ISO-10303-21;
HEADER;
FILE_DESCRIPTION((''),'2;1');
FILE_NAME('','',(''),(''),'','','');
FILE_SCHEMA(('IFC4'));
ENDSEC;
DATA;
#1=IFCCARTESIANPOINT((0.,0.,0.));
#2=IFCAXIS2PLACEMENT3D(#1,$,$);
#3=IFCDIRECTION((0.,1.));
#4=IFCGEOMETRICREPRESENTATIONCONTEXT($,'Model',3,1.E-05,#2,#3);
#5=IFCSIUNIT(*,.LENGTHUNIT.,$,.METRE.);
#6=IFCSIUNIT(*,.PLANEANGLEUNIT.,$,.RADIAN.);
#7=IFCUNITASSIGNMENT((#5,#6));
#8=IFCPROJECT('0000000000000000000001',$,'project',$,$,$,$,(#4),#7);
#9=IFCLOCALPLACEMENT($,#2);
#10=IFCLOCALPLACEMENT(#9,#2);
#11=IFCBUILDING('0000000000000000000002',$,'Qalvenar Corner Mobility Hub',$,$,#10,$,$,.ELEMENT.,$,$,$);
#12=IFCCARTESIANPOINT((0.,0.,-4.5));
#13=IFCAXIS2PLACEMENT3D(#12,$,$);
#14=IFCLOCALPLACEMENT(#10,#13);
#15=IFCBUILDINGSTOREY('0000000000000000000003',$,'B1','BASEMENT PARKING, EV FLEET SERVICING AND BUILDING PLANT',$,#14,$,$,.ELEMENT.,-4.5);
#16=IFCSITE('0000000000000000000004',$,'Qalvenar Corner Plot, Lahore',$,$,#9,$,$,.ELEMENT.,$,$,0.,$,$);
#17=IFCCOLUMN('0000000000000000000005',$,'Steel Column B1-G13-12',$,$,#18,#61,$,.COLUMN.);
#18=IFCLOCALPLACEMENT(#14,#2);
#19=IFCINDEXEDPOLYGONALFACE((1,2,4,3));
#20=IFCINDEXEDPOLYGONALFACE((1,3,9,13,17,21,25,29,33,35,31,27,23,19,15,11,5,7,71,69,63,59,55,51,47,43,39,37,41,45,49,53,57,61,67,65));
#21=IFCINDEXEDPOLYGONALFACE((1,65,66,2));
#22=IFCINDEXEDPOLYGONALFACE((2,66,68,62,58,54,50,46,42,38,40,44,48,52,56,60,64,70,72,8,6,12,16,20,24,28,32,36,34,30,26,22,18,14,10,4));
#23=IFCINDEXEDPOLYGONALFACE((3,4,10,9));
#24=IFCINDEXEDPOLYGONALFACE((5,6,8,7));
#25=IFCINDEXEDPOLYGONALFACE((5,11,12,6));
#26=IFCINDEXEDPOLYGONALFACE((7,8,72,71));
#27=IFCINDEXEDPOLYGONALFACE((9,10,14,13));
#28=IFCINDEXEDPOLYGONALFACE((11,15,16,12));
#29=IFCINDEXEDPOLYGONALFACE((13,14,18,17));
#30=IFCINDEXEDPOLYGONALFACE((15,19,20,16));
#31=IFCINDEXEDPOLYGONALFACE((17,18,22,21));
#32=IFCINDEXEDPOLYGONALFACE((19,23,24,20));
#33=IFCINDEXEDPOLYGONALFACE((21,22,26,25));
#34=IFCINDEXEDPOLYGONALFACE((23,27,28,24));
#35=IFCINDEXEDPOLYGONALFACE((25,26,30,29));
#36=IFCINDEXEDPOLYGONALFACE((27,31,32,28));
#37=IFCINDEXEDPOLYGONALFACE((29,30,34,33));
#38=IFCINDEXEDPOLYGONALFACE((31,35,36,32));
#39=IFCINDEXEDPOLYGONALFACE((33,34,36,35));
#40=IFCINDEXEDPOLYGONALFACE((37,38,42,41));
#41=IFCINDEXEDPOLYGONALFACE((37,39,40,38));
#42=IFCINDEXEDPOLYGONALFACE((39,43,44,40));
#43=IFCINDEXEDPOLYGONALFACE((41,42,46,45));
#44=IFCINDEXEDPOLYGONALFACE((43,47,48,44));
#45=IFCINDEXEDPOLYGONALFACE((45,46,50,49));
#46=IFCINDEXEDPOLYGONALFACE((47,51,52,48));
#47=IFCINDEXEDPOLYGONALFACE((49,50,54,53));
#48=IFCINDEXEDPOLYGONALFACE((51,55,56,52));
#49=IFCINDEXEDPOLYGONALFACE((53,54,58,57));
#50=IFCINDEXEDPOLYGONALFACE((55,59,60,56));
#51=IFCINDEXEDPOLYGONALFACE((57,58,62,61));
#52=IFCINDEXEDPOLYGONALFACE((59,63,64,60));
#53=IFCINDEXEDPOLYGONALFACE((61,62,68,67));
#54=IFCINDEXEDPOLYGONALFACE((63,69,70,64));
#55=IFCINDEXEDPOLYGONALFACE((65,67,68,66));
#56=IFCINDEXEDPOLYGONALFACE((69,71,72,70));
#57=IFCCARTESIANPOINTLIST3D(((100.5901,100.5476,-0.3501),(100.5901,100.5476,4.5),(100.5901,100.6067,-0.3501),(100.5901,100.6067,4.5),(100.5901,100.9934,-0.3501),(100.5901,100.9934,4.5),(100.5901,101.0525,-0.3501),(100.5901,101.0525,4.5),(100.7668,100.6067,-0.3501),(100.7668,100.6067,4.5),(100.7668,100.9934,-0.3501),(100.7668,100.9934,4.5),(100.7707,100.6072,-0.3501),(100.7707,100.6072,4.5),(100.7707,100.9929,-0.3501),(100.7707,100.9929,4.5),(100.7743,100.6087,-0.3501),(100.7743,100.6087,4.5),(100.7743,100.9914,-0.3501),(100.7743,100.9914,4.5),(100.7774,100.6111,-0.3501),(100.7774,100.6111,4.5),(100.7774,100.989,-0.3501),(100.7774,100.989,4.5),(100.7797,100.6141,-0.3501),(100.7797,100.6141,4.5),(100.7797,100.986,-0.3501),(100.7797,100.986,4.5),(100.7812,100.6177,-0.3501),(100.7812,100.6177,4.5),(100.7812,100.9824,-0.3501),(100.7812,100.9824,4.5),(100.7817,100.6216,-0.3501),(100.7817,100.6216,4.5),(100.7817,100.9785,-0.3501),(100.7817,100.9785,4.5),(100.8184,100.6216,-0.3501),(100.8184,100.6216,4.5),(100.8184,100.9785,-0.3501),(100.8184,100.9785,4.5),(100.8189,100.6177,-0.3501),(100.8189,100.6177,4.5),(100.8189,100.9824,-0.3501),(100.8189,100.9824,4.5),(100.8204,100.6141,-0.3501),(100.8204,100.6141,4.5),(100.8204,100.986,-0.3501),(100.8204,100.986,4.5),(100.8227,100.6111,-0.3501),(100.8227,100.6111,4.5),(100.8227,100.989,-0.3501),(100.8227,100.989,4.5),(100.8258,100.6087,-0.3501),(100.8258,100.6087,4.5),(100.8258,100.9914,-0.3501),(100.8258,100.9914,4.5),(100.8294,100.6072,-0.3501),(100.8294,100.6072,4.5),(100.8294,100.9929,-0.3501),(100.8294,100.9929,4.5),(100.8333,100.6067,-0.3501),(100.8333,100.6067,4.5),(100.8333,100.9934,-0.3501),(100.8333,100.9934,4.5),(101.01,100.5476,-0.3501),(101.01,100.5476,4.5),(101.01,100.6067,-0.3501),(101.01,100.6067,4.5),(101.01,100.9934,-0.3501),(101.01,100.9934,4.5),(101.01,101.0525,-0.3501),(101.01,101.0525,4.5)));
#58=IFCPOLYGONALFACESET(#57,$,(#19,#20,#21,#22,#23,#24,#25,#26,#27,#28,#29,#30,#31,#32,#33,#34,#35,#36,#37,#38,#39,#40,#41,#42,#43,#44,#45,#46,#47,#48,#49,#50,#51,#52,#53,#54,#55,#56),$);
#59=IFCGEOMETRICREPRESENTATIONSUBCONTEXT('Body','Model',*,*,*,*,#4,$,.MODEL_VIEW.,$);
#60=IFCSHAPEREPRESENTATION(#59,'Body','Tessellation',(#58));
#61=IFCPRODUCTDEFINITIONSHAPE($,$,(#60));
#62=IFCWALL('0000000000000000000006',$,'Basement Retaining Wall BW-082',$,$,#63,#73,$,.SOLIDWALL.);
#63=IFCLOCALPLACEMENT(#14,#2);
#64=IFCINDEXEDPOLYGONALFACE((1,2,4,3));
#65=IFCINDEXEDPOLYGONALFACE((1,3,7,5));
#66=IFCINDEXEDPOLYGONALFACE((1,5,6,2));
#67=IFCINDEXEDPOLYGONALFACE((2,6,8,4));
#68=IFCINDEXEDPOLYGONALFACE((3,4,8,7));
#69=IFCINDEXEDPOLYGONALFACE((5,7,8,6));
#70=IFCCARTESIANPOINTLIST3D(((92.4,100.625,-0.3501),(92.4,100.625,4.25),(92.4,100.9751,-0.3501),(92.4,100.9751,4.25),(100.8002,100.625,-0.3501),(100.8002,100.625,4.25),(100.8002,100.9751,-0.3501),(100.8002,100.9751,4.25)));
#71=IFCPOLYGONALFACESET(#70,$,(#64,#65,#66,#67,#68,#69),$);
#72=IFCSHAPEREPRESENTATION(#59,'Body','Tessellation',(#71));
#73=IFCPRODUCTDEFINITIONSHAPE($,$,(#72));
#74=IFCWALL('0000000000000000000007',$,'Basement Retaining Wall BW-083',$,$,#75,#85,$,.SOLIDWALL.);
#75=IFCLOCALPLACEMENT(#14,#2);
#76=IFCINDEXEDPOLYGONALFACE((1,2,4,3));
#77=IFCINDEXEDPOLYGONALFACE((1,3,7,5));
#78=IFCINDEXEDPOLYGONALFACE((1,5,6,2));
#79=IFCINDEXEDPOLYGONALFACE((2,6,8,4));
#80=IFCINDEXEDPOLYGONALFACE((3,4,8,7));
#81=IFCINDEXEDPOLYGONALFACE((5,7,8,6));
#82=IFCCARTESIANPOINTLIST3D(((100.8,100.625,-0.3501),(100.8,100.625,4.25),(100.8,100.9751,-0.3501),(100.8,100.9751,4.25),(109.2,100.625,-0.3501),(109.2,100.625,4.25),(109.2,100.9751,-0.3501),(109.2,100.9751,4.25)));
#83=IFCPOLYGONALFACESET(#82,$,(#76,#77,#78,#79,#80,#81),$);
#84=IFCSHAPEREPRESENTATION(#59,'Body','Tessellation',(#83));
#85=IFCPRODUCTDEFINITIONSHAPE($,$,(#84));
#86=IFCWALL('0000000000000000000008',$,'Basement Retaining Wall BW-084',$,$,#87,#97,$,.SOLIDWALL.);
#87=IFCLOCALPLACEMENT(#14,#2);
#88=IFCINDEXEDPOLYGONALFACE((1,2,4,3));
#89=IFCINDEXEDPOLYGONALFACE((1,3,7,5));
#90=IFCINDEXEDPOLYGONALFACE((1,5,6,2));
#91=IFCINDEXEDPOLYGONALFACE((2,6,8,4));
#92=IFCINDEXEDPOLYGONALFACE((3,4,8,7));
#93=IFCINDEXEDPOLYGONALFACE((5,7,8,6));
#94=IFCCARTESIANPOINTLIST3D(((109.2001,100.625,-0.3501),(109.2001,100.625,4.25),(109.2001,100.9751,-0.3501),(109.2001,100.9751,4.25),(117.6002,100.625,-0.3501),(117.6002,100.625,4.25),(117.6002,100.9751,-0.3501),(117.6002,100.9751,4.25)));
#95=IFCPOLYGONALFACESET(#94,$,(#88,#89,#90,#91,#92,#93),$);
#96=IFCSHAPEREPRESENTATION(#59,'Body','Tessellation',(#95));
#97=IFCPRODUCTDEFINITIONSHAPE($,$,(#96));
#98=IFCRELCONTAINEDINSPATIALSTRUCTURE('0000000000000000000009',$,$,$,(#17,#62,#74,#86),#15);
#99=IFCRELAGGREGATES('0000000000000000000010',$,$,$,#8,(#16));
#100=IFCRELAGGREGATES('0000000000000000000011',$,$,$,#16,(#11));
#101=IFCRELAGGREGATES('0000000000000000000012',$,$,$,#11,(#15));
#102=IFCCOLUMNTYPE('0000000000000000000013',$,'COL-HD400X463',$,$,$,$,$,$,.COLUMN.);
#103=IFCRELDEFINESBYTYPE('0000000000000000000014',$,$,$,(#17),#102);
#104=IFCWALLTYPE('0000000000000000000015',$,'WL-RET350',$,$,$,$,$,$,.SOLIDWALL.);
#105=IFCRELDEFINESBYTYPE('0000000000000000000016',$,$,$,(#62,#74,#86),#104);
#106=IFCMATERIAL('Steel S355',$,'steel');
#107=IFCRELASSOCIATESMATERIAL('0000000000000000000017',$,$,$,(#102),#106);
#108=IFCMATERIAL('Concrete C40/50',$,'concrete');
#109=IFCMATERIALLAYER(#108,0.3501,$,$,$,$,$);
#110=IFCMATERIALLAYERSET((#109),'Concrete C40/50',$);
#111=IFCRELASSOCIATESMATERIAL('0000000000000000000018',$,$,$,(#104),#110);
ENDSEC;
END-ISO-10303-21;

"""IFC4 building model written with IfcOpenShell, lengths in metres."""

from ifc_helpers import new_model, si_unit, direction, frame, frame_2d, origin, origin_2d, place, context, subcontext, project, spatial, rectangle, i_section, extrude, material, layer, layer_set, material_profile, profile_set, type_object, element, save


model = new_model("IFC4")

# Units and contexts
model_context = context("Model", 3, precision=1e-05, world=origin(), true_north=direction((0.0, 1.0)))
body_context = subcontext(model_context, "Body", "Model", "MODEL_VIEW")
ifc_project = project(units=[si_unit("LENGTHUNIT", "METRE"), si_unit("PLANEANGLEUNIT", "RADIAN")], contexts=[model_context])

# Site, building, storey
site_placement = place(None, origin())
site = spatial("IfcSite", under=ifc_project, at=site_placement, Name="Qalvenar Corner Plot, Lahore", CompositionType="ELEMENT", RefElevation=0.0)
building_placement = place(site_placement, origin())
building = spatial("IfcBuilding", under=site, at=building_placement, Name="Qalvenar Corner Mobility Hub", CompositionType="ELEMENT")
storey_placement = place(building_placement, frame((0.0, 0.0, -4.5)))
storey = spatial("IfcBuildingStorey", under=building, at=storey_placement, Name="B1", Description="BASEMENT PARKING, EV FLEET SERVICING AND BUILDING PLANT", CompositionType="ELEMENT", Elevation=-4.5)

# Shared definitions
ifc_material_1 = material(Name="Concrete C40/50", Category="concrete")

# Column
ifc_material_2 = material(Name="Steel S355", Category="steel")
ifc_material_profile_1 = material_profile(ifc_material_2, i_section(OverallWidth=0.4199, OverallDepth=0.5049, WebThickness=0.0366, FlangeThickness=0.0591, FilletRadius=0.0149, at=origin_2d()), Name="HD400x551")
ifc_profile_set_1 = profile_set([ifc_material_profile_1], Name="Steel S355")
column_type_1 = type_object("IfcColumnType", Name="COL-HD400X463", PredefinedType="COLUMN", material=ifc_profile_set_1)
column_placement = place(storey_placement, frame((100.8, 100.8, -0.3501), z_axis=(0.0, 0.0, 1.0), x_axis=(1.0, 0.0, 0.0)))
element("IfcColumn", 1, at=column_placement, inside=storey, type_object=column_type_1, Name="Steel Column B1-G13-12", PredefinedType="COLUMN", context=body_context, shape_type="SweptSolid", body=[
    extrude(i_section(OverallWidth=0.4199, OverallDepth=0.5049, WebThickness=0.0366, FlangeThickness=0.0591, FilletRadius=0.0149, at=origin_2d()), origin(), (0.0, 0.0, 1.0), 4.8501),
])

# Walls
ifc_layer = layer(ifc_material_1, 0.3501)
ifc_layer_set = layer_set([ifc_layer], Name="Concrete C40/50")
wall_type = type_object("IfcWallType", Name="WL-RET350", PredefinedType="SOLIDWALL", material=ifc_layer_set)
wall_1_placement = place(storey_placement, frame((92.3999, 100.8, -0.3501), z_axis=(0.0, 0.0, 1.0), x_axis=(1.0, 0.0, 0.0)))
element("IfcWall", 2, at=wall_1_placement, inside=storey, type_object=wall_type, Name="Basement Retaining Wall BW-082", PredefinedType="SOLIDWALL", context=body_context, shape_type="SweptSolid", body=[
    extrude(rectangle(XDim=8.4001, YDim=0.3501, at=frame_2d((4.2002, 0.0))), origin(), (0.0, 0.0, 1.0), 4.6001),
])
wall_2_placement = place(storey_placement, frame((100.8, 100.8, -0.3501), z_axis=(0.0, 0.0, 1.0), x_axis=(1.0, 0.0, 0.0)))
element("IfcWall", 3, at=wall_2_placement, inside=storey, type_object=wall_type, Name="Basement Retaining Wall BW-083", PredefinedType="SOLIDWALL", context=body_context, shape_type="SweptSolid", body=[
    extrude(rectangle(XDim=8.3999, YDim=0.3501, at=frame_2d((4.2, 0.0))), origin(), (0.0, 0.0, 1.0), 4.6001),
])
wall_3_placement = place(storey_placement, frame((109.2, 100.8, -0.3501), z_axis=(0.0, 0.0, 1.0), x_axis=(1.0, 0.0, 0.0)))
element("IfcWall", 4, at=wall_3_placement, inside=storey, type_object=wall_type, Name="Basement Retaining Wall BW-084", PredefinedType="SOLIDWALL", context=body_context, shape_type="SweptSolid", body=[
    extrude(rectangle(XDim=8.4001, YDim=0.3501, at=frame_2d((4.2002, 0.0))), origin(), (0.0, 0.0, 1.0), 4.6001),
])

save(model, "model.ifc")
